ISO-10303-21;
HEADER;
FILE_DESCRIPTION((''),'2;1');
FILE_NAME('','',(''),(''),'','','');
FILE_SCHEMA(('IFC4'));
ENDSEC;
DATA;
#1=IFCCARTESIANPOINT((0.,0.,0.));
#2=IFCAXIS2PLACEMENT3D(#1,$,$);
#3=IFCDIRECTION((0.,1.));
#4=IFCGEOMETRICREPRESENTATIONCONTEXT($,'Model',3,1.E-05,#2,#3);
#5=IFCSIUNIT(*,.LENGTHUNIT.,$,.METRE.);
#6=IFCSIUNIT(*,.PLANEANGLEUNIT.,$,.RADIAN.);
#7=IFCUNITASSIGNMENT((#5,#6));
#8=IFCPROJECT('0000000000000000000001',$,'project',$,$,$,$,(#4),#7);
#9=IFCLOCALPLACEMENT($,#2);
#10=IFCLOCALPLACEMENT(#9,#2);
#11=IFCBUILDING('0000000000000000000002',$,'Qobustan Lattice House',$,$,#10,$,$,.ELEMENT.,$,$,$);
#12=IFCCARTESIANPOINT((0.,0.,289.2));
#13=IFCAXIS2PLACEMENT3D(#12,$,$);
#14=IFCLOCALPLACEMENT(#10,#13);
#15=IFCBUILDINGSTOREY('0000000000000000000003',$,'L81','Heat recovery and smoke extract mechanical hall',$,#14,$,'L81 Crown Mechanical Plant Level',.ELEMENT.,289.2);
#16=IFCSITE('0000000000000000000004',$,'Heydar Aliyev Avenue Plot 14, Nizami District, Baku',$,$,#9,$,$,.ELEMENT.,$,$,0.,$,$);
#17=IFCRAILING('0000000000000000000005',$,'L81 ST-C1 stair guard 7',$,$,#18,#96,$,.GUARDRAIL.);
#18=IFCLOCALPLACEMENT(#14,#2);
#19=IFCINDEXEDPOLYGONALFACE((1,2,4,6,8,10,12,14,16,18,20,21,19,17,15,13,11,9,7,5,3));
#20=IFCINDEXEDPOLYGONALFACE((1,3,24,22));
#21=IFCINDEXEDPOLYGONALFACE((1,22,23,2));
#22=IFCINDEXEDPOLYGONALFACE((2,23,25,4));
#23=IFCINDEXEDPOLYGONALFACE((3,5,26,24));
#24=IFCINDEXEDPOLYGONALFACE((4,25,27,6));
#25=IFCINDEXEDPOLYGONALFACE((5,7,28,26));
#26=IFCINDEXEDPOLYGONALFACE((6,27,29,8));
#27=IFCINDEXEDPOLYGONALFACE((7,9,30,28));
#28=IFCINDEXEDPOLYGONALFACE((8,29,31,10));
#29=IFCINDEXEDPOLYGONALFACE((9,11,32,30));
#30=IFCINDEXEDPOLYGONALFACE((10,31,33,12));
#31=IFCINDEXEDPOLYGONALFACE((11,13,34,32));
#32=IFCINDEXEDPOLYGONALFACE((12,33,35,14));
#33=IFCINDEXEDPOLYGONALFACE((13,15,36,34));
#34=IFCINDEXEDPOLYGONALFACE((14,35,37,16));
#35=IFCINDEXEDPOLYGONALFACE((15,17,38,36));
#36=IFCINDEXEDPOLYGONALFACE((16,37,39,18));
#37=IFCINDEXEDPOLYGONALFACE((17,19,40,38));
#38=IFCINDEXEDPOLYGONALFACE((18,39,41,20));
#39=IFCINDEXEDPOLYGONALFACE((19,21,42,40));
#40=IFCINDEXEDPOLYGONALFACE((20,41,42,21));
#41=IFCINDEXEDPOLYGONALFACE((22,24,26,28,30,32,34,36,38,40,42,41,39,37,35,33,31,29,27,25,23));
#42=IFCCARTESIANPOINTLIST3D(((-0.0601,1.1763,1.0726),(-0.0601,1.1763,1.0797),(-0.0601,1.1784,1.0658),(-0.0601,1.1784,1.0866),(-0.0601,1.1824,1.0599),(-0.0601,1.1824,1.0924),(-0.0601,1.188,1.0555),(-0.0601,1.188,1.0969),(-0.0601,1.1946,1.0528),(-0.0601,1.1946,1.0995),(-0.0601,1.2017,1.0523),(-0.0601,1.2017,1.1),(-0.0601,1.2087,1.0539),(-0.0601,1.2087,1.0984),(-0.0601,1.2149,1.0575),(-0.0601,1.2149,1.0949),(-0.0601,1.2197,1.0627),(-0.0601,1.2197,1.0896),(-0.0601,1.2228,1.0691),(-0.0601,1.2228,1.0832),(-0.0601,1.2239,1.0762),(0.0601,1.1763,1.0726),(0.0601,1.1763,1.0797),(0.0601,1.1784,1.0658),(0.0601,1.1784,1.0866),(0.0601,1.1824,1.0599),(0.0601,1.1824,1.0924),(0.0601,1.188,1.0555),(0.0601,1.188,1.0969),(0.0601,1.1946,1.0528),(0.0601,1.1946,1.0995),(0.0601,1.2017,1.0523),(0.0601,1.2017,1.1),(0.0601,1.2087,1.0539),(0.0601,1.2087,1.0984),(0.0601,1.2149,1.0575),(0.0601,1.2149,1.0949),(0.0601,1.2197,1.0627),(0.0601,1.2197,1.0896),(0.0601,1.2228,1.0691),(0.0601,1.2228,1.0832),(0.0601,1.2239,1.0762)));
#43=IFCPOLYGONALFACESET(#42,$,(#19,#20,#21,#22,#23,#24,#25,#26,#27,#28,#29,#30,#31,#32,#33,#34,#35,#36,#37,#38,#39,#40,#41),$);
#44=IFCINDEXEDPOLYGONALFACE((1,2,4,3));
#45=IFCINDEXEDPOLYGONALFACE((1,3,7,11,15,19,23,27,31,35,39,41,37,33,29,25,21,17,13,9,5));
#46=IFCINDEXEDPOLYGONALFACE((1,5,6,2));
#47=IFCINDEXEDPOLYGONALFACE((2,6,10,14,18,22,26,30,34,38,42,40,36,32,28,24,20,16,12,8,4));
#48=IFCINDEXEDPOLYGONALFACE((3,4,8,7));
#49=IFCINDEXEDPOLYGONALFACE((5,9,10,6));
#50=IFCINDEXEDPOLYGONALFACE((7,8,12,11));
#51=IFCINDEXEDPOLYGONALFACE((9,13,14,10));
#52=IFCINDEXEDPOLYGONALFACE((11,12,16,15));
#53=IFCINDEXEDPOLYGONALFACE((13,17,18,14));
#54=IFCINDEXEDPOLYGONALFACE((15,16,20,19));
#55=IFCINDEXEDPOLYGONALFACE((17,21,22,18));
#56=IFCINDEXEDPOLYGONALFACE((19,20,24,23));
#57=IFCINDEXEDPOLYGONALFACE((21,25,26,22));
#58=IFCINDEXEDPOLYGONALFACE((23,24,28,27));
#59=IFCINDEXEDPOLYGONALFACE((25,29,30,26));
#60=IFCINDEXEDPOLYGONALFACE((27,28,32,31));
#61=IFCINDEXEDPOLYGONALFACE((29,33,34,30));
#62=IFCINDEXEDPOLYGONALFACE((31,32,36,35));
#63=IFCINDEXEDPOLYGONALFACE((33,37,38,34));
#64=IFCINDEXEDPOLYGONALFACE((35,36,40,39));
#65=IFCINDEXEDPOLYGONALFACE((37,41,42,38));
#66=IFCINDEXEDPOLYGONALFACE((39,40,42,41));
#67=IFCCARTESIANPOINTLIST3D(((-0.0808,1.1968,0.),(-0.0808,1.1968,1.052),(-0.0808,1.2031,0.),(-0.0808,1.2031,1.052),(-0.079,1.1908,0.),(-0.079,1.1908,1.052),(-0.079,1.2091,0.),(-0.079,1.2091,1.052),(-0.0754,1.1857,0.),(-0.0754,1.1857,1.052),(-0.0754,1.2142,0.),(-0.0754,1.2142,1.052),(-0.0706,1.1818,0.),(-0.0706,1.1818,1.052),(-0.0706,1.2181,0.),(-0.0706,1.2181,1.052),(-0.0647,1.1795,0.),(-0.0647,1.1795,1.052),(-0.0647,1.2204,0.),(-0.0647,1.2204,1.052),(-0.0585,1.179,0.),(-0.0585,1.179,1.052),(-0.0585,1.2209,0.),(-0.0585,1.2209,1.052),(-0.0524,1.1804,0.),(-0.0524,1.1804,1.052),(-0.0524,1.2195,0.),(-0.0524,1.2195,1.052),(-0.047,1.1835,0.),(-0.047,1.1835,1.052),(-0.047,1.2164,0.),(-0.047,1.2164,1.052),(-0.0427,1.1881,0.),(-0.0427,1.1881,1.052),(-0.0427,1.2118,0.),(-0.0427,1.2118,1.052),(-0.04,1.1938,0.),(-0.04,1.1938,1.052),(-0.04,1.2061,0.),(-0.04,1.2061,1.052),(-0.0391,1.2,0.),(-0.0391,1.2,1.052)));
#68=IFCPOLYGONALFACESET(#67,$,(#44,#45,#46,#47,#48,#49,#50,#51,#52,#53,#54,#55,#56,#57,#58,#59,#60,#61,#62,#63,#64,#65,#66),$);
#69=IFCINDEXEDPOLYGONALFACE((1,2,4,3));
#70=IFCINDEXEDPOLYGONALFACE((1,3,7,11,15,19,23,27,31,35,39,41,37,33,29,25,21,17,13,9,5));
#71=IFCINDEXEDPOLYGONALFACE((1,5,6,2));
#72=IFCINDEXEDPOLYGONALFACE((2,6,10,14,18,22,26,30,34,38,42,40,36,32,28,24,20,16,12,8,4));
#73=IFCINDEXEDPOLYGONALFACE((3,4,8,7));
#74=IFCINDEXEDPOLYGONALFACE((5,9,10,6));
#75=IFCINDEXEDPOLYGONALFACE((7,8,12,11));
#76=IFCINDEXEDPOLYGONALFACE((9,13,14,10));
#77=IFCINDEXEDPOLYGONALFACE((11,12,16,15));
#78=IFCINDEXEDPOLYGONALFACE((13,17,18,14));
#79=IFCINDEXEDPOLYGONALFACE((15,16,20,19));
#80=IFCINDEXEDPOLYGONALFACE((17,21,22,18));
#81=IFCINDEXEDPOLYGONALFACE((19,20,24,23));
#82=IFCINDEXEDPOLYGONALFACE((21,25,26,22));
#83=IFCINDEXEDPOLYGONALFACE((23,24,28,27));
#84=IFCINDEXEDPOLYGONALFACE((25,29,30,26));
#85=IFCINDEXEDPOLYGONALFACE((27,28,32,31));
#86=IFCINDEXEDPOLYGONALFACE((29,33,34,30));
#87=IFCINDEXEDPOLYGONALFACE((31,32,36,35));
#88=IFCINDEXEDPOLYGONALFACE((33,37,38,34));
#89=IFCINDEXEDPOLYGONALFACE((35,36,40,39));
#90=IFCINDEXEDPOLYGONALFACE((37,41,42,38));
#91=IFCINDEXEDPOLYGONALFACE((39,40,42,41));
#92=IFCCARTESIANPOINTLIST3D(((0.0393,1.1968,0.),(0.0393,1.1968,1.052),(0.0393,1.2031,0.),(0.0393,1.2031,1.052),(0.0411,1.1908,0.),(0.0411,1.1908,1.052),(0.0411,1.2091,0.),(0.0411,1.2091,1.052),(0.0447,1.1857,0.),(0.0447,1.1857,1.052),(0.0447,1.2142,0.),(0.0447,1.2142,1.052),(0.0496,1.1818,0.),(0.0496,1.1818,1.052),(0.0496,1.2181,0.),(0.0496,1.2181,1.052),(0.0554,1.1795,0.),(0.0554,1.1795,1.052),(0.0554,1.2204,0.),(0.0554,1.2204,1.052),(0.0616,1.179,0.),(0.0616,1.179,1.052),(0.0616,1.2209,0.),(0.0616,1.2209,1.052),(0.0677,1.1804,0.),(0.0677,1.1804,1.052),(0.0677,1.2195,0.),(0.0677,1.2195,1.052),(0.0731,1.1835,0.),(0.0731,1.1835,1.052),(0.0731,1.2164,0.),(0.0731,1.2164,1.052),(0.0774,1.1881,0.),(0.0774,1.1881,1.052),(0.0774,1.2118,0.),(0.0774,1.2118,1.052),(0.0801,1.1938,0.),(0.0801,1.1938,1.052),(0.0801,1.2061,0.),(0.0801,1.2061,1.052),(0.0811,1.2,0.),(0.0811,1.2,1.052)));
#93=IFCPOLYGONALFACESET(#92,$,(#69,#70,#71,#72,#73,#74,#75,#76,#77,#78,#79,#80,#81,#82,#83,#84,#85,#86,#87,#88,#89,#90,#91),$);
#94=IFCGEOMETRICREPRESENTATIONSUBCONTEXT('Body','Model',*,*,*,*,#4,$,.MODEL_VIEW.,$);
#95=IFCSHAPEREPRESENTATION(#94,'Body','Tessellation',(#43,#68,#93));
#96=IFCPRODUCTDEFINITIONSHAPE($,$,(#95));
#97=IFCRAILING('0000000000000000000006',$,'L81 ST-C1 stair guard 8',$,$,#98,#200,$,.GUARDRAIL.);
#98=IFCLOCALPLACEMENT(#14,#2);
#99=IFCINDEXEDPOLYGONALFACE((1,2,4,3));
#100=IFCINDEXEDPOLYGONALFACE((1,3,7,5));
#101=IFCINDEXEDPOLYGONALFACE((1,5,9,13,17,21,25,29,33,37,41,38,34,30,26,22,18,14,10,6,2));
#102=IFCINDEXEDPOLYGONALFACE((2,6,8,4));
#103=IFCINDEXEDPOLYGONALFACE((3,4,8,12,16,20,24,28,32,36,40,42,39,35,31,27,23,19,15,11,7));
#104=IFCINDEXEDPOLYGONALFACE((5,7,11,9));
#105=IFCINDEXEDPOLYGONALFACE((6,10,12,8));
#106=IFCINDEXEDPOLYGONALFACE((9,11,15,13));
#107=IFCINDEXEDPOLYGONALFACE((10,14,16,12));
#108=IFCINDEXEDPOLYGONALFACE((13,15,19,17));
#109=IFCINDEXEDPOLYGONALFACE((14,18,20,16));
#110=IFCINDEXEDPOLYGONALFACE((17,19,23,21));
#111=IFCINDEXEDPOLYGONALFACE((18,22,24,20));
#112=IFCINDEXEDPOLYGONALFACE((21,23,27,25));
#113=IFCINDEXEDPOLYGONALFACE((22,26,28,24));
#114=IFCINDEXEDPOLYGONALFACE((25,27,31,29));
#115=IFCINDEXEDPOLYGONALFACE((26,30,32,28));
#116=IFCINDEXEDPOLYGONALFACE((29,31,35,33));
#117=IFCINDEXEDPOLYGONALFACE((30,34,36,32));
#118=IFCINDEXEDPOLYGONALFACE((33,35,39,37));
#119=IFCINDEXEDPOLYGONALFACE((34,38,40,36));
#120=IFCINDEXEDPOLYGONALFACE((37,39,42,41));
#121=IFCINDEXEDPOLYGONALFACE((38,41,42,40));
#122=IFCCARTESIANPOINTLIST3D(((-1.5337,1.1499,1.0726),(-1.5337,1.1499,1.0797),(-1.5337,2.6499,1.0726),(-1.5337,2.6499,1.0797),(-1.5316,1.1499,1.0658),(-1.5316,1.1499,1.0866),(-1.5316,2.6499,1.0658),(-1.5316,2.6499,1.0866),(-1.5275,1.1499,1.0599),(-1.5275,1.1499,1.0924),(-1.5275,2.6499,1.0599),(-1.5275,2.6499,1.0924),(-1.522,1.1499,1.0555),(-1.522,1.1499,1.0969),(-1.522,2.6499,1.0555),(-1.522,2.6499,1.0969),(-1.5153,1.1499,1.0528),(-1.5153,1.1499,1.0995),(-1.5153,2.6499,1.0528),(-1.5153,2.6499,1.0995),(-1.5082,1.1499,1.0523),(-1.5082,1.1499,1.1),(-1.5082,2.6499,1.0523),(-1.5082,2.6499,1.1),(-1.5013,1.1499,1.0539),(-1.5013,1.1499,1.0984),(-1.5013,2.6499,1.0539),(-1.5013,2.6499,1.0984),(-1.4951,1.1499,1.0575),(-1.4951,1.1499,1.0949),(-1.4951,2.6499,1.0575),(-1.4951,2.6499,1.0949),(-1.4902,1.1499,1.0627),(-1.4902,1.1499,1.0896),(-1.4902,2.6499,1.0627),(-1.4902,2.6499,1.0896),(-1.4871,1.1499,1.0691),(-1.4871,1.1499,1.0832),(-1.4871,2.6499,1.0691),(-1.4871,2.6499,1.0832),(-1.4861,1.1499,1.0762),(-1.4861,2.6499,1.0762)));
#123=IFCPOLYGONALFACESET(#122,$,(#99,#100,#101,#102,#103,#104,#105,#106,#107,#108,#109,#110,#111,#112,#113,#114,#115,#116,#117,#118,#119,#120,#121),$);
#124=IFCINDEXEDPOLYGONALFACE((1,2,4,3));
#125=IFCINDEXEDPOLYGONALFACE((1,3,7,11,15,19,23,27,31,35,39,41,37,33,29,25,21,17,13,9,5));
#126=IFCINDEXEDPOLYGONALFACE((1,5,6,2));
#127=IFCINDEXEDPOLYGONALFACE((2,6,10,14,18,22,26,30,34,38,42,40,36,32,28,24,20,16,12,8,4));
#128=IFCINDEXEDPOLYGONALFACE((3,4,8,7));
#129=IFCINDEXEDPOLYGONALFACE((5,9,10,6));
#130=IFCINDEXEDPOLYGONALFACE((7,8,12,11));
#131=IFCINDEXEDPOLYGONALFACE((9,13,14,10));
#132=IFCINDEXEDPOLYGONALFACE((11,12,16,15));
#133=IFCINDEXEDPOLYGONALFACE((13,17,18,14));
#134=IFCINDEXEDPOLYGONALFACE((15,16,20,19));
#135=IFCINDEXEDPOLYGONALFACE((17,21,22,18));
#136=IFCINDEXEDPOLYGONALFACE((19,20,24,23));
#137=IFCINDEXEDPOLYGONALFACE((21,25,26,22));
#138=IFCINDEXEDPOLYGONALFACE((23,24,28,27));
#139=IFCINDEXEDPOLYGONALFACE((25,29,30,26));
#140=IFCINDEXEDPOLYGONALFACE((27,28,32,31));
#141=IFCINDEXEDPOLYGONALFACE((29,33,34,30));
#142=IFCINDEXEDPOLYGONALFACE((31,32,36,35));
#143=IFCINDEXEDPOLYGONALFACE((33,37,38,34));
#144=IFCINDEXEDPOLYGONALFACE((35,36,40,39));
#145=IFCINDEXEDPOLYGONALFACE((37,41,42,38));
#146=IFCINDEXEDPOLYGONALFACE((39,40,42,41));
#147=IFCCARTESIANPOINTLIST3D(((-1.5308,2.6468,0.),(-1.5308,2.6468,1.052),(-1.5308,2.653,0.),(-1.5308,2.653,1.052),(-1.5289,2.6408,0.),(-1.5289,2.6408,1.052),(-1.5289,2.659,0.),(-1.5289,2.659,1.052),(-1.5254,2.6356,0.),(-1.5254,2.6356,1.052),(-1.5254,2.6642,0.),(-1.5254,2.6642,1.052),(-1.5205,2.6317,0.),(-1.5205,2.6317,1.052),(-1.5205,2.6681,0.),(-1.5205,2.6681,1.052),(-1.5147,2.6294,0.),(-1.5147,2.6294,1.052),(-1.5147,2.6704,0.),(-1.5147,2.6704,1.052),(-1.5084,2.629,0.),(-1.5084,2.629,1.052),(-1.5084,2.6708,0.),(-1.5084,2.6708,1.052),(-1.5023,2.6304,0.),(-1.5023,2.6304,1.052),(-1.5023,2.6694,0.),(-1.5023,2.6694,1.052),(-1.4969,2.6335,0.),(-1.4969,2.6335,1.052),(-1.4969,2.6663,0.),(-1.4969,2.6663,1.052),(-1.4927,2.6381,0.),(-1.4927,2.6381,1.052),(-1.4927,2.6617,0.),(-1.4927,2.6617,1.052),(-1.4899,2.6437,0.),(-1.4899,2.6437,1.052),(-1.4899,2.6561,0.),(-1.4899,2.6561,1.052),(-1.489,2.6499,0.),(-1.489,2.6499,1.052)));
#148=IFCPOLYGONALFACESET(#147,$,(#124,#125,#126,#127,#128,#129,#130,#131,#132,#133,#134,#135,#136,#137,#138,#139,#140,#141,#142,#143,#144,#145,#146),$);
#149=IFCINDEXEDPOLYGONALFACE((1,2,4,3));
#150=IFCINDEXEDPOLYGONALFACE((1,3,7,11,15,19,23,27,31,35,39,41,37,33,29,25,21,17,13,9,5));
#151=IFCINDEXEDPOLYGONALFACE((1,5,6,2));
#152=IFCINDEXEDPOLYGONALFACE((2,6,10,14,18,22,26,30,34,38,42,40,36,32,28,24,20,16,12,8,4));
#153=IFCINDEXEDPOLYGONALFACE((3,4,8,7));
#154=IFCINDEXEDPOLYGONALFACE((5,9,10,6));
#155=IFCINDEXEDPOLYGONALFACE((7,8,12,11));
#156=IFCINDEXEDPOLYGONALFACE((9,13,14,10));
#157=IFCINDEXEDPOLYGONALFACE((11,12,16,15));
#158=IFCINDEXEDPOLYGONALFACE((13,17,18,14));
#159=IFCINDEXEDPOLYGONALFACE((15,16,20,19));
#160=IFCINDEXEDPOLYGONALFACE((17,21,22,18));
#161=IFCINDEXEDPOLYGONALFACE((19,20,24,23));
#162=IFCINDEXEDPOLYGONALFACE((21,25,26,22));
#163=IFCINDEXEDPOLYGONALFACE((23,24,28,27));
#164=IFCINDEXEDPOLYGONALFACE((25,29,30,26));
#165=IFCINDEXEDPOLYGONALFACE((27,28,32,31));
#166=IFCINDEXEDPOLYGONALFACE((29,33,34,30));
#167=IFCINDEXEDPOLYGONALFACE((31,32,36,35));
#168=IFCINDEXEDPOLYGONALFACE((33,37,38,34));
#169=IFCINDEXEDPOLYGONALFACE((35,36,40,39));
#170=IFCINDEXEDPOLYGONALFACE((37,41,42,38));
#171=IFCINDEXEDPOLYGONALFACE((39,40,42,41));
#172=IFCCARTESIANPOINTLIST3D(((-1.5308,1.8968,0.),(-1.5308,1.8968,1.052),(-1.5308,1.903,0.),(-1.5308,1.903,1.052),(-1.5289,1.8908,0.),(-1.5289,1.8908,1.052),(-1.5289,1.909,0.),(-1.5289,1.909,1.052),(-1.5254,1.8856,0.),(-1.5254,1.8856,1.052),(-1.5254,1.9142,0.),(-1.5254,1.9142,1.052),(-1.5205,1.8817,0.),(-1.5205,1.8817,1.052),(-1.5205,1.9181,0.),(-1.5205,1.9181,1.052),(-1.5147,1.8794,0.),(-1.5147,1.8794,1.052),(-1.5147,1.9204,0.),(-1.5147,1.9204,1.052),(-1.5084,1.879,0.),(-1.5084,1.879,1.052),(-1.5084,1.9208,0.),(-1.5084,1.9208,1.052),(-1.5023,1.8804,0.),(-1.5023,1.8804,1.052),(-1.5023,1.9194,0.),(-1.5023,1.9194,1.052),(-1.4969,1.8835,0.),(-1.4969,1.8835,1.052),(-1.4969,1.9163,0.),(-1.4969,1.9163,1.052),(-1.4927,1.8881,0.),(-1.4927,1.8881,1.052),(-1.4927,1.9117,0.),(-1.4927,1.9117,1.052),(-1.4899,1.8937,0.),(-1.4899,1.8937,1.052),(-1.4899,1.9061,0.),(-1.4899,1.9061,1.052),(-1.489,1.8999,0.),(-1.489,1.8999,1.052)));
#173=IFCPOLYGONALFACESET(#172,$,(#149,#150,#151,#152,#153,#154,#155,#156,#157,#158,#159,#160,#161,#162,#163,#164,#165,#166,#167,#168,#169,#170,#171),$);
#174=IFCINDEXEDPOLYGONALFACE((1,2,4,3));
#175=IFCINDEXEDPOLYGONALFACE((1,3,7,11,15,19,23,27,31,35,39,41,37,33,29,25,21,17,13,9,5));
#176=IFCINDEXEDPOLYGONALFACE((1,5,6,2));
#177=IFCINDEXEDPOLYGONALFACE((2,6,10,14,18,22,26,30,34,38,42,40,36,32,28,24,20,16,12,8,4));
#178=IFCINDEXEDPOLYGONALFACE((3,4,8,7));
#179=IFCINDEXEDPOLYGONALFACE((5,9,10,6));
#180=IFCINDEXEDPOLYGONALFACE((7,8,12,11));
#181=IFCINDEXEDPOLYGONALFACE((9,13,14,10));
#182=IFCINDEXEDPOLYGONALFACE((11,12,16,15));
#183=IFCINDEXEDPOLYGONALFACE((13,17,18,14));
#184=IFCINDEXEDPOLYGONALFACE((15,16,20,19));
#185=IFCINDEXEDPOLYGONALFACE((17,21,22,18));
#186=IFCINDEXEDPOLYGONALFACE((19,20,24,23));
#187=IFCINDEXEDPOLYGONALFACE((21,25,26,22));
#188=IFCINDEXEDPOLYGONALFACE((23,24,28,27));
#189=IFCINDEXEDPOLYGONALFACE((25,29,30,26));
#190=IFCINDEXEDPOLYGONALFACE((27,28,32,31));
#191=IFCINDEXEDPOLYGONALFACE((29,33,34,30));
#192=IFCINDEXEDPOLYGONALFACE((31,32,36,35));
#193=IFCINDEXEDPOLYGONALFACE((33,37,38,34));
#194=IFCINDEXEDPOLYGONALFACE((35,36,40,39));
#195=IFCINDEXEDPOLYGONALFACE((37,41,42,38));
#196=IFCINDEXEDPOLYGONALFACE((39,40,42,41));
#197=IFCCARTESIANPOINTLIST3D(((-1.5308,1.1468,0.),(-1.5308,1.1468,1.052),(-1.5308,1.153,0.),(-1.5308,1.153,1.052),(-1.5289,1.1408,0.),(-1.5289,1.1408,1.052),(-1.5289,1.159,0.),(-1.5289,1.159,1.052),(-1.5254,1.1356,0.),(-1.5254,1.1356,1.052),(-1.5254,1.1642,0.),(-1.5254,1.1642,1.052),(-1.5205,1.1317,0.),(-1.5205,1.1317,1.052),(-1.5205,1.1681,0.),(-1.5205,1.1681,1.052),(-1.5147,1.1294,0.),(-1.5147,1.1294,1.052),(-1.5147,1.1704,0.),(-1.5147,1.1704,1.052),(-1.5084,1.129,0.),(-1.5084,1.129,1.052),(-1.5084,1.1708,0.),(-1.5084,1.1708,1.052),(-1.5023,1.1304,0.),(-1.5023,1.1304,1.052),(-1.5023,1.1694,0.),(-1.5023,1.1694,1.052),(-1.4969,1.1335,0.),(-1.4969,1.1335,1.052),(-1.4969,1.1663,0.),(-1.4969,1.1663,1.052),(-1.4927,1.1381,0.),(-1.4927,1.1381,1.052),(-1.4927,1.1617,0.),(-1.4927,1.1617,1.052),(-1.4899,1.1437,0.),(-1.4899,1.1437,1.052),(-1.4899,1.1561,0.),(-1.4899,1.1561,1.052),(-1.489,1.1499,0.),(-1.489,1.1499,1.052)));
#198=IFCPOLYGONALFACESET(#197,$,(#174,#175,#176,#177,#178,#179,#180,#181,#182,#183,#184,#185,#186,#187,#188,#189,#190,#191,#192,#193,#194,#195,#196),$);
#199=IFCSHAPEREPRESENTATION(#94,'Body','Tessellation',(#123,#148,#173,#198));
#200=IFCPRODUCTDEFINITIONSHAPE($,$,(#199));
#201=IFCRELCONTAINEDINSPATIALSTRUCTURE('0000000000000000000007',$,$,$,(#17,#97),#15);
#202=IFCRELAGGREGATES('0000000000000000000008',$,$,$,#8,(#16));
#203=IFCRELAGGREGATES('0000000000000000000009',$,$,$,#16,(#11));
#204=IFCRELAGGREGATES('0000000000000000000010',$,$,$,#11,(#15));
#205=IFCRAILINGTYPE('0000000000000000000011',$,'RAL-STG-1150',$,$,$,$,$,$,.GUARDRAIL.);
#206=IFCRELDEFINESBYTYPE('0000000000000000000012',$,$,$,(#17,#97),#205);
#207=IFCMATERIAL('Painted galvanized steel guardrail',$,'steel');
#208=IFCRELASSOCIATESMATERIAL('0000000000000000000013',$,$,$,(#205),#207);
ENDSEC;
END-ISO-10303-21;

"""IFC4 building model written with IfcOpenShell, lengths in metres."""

from ifc_helpers import new_model, si_unit, direction, frame, origin, origin_2d, place, context, subcontext, project, spatial, circle, extrude, material, type_object, element, save


model = new_model("IFC4")

# Units and contexts
model_context = context("Model", 3, precision=1e-05, world=origin(), true_north=direction((0.0, 1.0)))
body_context = subcontext(model_context, "Body", "Model", "MODEL_VIEW")
ifc_project = project(units=[si_unit("LENGTHUNIT", "METRE"), si_unit("PLANEANGLEUNIT", "RADIAN")], contexts=[model_context])

# Site, building, storey
site_placement = place(None, origin())
site = spatial("IfcSite", under=ifc_project, at=site_placement, Name="Heydar Aliyev Avenue Plot 14, Nizami District, Baku", CompositionType="ELEMENT", RefElevation=0.0)
building_placement = place(site_placement, origin())
building = spatial("IfcBuilding", under=site, at=building_placement, Name="Qobustan Lattice House", CompositionType="ELEMENT")
storey_placement = place(building_placement, frame((0.0, 0.0, 289.2)))
storey = spatial("IfcBuildingStorey", under=building, at=storey_placement, Name="L81", Description="Heat recovery and smoke extract mechanical hall", LongName="L81 Crown Mechanical Plant Level", CompositionType="ELEMENT", Elevation=289.2)

# Railings
ifc_material_1 = material(Name="Painted galvanized steel guardrail", Category="steel")
railing_type_1 = type_object("IfcRailingType", Name="RAL-STG-1150", PredefinedType="GUARDRAIL", material=ifc_material_1)
railing_1_placement = place(storey_placement, frame((-0.0601, 1.2, 0.0)))
element("IfcRailing", 1, at=railing_1_placement, inside=storey, type_object=railing_type_1, Name="L81 ST-C1 stair guard 7", PredefinedType="GUARDRAIL", context=body_context, shape_type="SweptSolid", body=[
    extrude(circle(Radius=0.0239, at=origin_2d()), frame((0.0, 0.0, 1.0762), z_axis=(1.0, 0.0, 0.0), x_axis=(0.0, 1.0, 0.0)), (0.0, 0.0, 1.0), 0.1201),
    extrude(circle(Radius=0.021, at=origin_2d()), origin(), (0.0, 0.0, 1.0), 1.052),
    extrude(circle(Radius=0.021, at=origin_2d()), frame((0.1201, 0.0, 0.0)), (0.0, 0.0, 1.0), 1.052),
])
railing_2_placement = place(storey_placement, frame((-1.51, 2.6499, 0.0)))
element("IfcRailing", 2, at=railing_2_placement, inside=storey, type_object=railing_type_1, Name="L81 ST-C1 stair guard 8", PredefinedType="GUARDRAIL", context=body_context, shape_type="SweptSolid", body=[
    extrude(circle(Radius=0.0239, at=origin_2d()), frame((0.0, 0.0, 1.0762), z_axis=(0.0, -1.0, 0.0), x_axis=(1.0, 0.0, 0.0)), (0.0, 0.0, 1.0), 1.5),
    extrude(circle(Radius=0.021, at=origin_2d()), origin(), (0.0, 0.0, 1.0), 1.052),
    extrude(circle(Radius=0.021, at=origin_2d()), frame((0.0, -0.75, 0.0)), (0.0, 0.0, 1.0), 1.052),
    extrude(circle(Radius=0.021, at=origin_2d()), frame((0.0, -1.5, 0.0)), (0.0, 0.0, 1.0), 1.052),
])

save(model, "model.ifc")
